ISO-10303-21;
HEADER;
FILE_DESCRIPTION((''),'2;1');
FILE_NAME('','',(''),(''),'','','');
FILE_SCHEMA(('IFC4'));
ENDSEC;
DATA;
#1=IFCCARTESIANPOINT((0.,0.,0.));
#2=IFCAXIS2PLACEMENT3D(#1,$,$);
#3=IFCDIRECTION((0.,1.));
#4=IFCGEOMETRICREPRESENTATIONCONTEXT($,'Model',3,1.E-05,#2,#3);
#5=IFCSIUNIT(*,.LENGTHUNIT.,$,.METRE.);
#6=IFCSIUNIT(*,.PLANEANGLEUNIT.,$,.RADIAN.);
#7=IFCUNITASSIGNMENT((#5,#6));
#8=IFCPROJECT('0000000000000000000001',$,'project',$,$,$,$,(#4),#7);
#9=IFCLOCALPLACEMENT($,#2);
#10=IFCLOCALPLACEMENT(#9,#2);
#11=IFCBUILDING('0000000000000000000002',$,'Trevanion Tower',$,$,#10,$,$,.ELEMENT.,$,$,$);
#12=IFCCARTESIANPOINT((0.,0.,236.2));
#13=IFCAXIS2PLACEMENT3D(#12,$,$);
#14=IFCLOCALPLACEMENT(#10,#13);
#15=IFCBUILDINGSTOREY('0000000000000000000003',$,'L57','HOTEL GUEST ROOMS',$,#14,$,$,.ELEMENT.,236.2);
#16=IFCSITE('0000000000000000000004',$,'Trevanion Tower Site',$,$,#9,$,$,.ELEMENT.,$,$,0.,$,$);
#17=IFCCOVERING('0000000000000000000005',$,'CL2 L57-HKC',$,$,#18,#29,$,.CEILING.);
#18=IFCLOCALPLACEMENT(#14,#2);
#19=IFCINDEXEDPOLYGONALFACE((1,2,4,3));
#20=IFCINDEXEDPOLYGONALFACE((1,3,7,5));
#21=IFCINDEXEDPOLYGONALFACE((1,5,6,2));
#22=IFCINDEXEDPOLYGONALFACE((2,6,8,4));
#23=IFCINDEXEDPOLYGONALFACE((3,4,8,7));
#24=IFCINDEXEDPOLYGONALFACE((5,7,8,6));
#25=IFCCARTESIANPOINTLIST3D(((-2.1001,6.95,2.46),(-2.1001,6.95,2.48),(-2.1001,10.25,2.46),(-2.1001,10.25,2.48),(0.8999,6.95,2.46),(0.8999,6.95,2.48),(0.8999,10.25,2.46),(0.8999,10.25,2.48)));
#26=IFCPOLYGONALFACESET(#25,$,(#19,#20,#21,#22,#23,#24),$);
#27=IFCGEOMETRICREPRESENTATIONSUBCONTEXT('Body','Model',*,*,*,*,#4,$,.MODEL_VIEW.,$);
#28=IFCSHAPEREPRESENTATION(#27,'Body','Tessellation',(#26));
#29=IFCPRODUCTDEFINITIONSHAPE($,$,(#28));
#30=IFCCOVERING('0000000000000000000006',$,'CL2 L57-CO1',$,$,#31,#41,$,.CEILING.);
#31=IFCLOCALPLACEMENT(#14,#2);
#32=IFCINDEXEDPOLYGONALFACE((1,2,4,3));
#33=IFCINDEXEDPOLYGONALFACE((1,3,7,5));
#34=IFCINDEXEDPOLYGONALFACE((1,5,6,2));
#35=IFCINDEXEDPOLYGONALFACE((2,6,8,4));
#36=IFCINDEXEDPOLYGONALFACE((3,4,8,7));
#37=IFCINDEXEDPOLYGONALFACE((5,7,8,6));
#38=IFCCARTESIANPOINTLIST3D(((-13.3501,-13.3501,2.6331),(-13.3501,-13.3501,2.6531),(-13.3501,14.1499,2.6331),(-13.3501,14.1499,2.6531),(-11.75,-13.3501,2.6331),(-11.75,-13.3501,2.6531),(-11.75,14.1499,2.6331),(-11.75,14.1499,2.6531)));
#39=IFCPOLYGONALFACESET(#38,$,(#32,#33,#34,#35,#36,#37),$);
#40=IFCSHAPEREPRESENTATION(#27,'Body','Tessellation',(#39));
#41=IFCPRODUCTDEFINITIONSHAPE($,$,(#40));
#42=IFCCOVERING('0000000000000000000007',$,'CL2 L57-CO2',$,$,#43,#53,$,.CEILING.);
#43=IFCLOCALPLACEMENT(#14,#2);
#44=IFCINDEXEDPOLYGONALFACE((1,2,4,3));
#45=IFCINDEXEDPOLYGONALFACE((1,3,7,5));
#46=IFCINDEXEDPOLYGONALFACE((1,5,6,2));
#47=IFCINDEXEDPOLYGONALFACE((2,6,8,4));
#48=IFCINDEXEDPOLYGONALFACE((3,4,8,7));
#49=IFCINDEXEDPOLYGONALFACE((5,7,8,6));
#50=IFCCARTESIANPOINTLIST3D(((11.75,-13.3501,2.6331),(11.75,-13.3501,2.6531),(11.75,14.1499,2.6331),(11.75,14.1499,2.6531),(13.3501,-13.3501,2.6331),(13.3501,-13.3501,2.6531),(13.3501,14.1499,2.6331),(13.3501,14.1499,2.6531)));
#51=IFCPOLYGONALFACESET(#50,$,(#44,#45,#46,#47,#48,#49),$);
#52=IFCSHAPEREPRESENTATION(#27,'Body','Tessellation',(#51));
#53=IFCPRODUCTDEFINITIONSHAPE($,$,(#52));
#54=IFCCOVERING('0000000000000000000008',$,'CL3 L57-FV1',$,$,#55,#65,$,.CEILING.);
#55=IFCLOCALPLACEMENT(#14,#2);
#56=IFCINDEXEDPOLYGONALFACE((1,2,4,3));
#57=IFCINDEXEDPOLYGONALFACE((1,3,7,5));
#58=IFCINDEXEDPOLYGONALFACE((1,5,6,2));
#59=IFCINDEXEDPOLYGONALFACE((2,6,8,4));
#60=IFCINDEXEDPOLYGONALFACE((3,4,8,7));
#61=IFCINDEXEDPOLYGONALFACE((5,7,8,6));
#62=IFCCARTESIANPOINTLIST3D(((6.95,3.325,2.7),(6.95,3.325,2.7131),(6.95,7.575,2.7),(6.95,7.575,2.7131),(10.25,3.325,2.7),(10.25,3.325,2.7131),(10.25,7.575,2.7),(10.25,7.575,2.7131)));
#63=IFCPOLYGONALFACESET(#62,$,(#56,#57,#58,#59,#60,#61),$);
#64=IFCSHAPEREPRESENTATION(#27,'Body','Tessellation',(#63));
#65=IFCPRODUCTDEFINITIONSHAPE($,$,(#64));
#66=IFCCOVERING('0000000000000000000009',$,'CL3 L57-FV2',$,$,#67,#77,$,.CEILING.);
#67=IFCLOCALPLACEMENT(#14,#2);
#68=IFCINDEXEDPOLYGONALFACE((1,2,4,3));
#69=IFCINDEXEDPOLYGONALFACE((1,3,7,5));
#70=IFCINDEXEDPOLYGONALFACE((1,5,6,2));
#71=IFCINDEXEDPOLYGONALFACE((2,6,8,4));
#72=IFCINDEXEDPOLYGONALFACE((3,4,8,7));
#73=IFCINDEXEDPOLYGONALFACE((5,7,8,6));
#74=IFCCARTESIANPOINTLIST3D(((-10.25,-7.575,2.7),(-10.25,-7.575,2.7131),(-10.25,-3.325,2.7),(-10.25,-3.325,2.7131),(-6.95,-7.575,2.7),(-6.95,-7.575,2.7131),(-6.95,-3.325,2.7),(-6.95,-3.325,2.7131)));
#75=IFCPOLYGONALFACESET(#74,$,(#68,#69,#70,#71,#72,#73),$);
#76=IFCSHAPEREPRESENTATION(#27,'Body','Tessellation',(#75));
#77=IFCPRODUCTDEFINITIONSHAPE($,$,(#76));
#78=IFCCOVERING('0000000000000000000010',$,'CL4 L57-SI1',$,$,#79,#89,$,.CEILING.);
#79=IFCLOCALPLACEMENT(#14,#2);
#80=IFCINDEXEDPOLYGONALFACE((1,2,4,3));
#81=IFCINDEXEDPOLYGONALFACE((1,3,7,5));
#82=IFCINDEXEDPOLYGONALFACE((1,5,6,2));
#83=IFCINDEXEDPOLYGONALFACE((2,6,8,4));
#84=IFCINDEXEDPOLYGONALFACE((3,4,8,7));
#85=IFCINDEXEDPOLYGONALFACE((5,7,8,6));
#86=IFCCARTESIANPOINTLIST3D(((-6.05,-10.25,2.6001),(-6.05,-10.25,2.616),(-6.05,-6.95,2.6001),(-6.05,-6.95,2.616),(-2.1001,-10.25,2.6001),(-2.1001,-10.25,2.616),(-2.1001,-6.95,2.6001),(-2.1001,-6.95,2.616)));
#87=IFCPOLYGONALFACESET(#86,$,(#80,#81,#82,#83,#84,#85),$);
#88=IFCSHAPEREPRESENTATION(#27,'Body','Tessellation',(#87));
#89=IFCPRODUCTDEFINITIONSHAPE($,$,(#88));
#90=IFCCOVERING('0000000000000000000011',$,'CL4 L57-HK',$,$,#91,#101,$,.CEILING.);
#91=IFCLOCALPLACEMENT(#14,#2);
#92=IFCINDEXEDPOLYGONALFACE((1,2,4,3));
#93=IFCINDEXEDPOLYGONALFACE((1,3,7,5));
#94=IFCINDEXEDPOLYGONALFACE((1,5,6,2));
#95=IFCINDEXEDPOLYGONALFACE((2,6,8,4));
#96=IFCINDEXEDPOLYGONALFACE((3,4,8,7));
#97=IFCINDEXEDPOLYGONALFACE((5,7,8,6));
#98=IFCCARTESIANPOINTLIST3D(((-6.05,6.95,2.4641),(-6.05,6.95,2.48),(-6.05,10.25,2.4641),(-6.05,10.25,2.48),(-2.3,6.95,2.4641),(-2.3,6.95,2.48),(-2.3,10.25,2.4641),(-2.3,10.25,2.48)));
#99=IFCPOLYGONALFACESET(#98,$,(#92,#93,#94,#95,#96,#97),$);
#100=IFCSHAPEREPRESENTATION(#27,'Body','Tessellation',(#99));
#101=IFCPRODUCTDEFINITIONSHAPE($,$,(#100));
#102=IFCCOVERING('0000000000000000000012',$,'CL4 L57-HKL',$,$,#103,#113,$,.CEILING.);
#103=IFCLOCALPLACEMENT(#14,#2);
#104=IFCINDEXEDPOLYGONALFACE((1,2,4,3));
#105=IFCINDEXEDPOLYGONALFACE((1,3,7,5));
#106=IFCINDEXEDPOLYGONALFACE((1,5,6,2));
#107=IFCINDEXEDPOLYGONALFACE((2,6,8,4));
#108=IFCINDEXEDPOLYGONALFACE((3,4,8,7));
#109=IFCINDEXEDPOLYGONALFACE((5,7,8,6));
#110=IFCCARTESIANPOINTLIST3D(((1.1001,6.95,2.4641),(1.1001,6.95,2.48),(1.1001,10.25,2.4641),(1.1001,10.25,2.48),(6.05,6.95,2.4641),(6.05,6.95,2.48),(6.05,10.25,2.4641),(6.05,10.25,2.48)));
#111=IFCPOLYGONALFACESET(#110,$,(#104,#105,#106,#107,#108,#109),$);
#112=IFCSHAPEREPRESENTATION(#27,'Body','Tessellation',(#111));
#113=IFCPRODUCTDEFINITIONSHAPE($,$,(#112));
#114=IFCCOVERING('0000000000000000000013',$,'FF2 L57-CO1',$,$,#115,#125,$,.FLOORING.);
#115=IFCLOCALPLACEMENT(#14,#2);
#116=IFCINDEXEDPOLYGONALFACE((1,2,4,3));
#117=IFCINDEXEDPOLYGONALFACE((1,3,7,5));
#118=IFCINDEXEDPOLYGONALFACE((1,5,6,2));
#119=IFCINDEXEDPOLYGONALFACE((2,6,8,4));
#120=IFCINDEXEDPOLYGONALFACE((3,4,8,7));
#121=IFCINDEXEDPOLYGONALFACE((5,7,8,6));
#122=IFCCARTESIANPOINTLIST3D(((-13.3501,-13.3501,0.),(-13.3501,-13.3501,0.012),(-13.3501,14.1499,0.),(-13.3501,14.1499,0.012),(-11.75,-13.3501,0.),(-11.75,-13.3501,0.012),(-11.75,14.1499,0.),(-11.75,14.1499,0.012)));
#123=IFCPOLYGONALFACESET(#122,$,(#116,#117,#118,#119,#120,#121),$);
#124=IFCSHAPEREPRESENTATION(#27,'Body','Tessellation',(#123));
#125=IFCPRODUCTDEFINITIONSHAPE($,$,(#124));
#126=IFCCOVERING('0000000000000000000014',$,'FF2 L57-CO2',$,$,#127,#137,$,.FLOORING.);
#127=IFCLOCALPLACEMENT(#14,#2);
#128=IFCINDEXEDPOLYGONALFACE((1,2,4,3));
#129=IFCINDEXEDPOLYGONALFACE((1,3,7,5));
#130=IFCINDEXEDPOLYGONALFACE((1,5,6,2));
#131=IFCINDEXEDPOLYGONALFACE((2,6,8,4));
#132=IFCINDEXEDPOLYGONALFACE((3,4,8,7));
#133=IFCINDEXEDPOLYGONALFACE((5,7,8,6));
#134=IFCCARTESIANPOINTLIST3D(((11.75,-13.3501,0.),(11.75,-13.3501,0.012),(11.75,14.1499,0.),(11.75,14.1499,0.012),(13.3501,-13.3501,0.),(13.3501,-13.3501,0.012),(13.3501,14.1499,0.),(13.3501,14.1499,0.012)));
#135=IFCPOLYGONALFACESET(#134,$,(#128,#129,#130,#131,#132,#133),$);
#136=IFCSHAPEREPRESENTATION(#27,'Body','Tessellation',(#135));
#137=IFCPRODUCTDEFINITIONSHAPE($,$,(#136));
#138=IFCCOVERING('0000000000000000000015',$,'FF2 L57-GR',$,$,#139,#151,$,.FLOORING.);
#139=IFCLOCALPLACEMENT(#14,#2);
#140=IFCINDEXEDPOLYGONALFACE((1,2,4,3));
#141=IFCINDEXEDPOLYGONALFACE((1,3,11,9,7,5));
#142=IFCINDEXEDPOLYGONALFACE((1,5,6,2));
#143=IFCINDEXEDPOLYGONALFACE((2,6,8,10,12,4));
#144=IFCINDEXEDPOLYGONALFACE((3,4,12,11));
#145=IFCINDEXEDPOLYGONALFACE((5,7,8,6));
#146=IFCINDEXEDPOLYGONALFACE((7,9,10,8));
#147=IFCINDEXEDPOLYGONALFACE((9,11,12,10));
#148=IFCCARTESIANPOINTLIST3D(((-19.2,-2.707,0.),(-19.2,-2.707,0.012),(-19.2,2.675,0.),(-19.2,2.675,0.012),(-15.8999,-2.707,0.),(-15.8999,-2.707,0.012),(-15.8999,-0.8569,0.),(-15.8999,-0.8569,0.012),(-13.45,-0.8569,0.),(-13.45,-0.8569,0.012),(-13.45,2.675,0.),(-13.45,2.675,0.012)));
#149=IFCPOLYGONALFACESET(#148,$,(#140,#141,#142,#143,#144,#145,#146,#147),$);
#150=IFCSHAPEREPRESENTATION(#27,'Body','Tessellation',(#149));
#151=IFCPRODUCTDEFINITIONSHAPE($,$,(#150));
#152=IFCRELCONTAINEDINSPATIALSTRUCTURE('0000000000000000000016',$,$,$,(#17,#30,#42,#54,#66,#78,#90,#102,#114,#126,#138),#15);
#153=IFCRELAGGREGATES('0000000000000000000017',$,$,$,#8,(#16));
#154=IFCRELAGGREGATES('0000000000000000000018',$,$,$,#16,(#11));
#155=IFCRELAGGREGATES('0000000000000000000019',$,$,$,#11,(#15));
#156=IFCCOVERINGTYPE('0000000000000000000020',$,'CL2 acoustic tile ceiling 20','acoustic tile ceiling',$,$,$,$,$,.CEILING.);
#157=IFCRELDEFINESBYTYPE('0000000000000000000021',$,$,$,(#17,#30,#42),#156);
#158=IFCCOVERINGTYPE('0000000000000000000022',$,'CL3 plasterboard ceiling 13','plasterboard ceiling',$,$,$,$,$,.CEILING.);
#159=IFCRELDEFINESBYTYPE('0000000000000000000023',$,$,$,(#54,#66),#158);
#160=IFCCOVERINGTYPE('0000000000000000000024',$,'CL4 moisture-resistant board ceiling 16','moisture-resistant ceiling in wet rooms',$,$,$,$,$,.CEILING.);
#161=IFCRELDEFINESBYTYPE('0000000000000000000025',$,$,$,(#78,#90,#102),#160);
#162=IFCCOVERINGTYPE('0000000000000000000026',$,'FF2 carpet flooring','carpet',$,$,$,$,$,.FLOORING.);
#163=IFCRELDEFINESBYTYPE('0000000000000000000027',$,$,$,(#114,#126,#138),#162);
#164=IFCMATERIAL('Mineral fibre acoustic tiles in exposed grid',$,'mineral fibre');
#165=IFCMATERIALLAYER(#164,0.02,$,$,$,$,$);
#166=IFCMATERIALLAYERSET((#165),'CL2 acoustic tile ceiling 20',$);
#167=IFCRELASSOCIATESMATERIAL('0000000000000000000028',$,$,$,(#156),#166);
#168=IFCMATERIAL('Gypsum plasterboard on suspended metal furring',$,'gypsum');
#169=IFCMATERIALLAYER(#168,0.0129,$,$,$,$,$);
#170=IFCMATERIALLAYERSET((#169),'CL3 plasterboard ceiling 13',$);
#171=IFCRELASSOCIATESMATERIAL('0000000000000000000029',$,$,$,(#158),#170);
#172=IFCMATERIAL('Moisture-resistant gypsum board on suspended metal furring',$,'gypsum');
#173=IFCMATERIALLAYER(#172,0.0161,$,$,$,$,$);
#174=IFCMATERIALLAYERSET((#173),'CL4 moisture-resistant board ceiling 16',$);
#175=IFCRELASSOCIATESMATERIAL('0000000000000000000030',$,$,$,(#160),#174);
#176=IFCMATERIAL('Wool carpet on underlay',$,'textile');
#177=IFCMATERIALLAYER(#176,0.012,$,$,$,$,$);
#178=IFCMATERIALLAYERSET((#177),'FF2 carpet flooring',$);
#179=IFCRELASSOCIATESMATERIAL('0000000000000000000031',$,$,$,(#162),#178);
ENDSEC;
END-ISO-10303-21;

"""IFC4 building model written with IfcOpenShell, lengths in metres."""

from ifc_helpers import new_model, si_unit, direction, frame, origin, place, context, subcontext, project, spatial, polyline, outline, extrude, material, layer, layer_set, type_object, element, save


model = new_model("IFC4")

# Units and contexts
model_context = context("Model", 3, precision=1e-05, world=origin(), true_north=direction((0.0, 1.0)))
body_context = subcontext(model_context, "Body", "Model", "MODEL_VIEW")
ifc_project = project(units=[si_unit("LENGTHUNIT", "METRE"), si_unit("PLANEANGLEUNIT", "RADIAN")], contexts=[model_context])

# Site, building, storey
site_placement = place(None, origin())
site = spatial("IfcSite", under=ifc_project, at=site_placement, Name="Trevanion Tower Site", CompositionType="ELEMENT", RefElevation=0.0)
building_placement = place(site_placement, origin())
building = spatial("IfcBuilding", under=site, at=building_placement, Name="Trevanion Tower", CompositionType="ELEMENT")
storey_placement = place(building_placement, frame((0.0, 0.0, 236.2)))
storey = spatial("IfcBuildingStorey", under=building, at=storey_placement, Name="L57", Description="HOTEL GUEST ROOMS", CompositionType="ELEMENT", Elevation=236.2)

# Coverings
ifc_material_1 = material(Name="Mineral fibre acoustic tiles in exposed grid", Category="mineral fibre")
ifc_layer_1 = layer(ifc_material_1, 0.02)
ifc_layer_set_1 = layer_set([ifc_layer_1], Name="CL2 acoustic tile ceiling 20")
covering_type_1 = type_object("IfcCoveringType", Name="CL2 acoustic tile ceiling 20", Description="acoustic tile ceiling", PredefinedType="CEILING", material=ifc_layer_set_1)
covering_1_placement = place(storey_placement, frame((0.0, 0.0, 2.46)))
element("IfcCovering", 1, at=covering_1_placement, inside=storey, type_object=covering_type_1, Name="CL2 L57-HKC", PredefinedType="CEILING", context=body_context, shape_type="SweptSolid", body=[
    extrude(outline(polyline([(0.8999, 6.95), (0.8999, 10.25), (-2.1001, 10.25), (-2.1001, 6.95), (0.8999, 6.95)])), origin(), (0.0, 0.0, 1.0), 0.02),
])
covering_2_placement = place(storey_placement, frame((0.0, 0.0, 2.6331)))
element("IfcCovering", 2, at=covering_2_placement, inside=storey, type_object=covering_type_1, Name="CL2 L57-CO1", PredefinedType="CEILING", context=body_context, shape_type="SweptSolid", body=[
    extrude(outline(polyline([(-11.75, 14.1499), (-11.75, -13.3501), (-13.3501, -13.3501), (-13.3501, 14.1499), (-11.75, 14.1499)])), origin(), (0.0, 0.0, 1.0), 0.02),
])
covering_3_placement = place(storey_placement, frame((0.0, 0.0, 2.6331)))
element("IfcCovering", 3, at=covering_3_placement, inside=storey, type_object=covering_type_1, Name="CL2 L57-CO2", PredefinedType="CEILING", context=body_context, shape_type="SweptSolid", body=[
    extrude(outline(polyline([(11.75, -13.3501), (11.75, 14.1499), (13.3501, 14.1499), (13.3501, -13.3501), (11.75, -13.3501)])), origin(), (0.0, 0.0, 1.0), 0.02),
])
ifc_material_2 = material(Name="Gypsum plasterboard on suspended metal furring", Category="gypsum")
ifc_layer_2 = layer(ifc_material_2, 0.0129)
ifc_layer_set_2 = layer_set([ifc_layer_2], Name="CL3 plasterboard ceiling 13")
covering_type_2 = type_object("IfcCoveringType", Name="CL3 plasterboard ceiling 13", Description="plasterboard ceiling", PredefinedType="CEILING", material=ifc_layer_set_2)
covering_4_placement = place(storey_placement, frame((0.0, 0.0, 2.7)))
element("IfcCovering", 4, at=covering_4_placement, inside=storey, type_object=covering_type_2, Name="CL3 L57-FV1", PredefinedType="CEILING", context=body_context, shape_type="SweptSolid", body=[
    extrude(outline(polyline([(10.25, 3.325), (10.25, 7.575), (6.95, 7.575), (6.95, 3.325), (10.25, 3.325)])), origin(), (0.0, 0.0, 1.0), 0.0132),
])
covering_5_placement = place(storey_placement, frame((0.0, 0.0, 2.7)))
element("IfcCovering", 5, at=covering_5_placement, inside=storey, type_object=covering_type_2, Name="CL3 L57-FV2", PredefinedType="CEILING", context=body_context, shape_type="SweptSolid", body=[
    extrude(outline(polyline([(-10.25, -3.325), (-10.25, -7.575), (-6.95, -7.575), (-6.95, -3.325), (-10.25, -3.325)])), origin(), (0.0, 0.0, 1.0), 0.0132),
])
ifc_material_3 = material(Name="Moisture-resistant gypsum board on suspended metal furring", Category="gypsum")
ifc_layer_3 = layer(ifc_material_3, 0.0161)
ifc_layer_set_3 = layer_set([ifc_layer_3], Name="CL4 moisture-resistant board ceiling 16")
covering_type_3 = type_object("IfcCoveringType", Name="CL4 moisture-resistant board ceiling 16", Description="moisture-resistant ceiling in wet rooms", PredefinedType="CEILING", material=ifc_layer_set_3)
covering_6_placement = place(storey_placement, frame((0.0, 0.0, 2.6001)))
element("IfcCovering", 6, at=covering_6_placement, inside=storey, type_object=covering_type_3, Name="CL4 L57-SI1", PredefinedType="CEILING", context=body_context, shape_type="SweptSolid", body=[
    extrude(outline(polyline([(-2.1001, -10.25), (-2.1001, -6.95), (-6.05, -6.95), (-6.05, -10.25), (-2.1001, -10.25)])), origin(), (0.0, 0.0, 1.0), 0.0159),
])
covering_7_placement = place(storey_placement, frame((0.0, 0.0, 2.4641)))
element("IfcCovering", 7, at=covering_7_placement, inside=storey, type_object=covering_type_3, Name="CL4 L57-HK", PredefinedType="CEILING", context=body_context, shape_type="SweptSolid", body=[
    extrude(outline(polyline([(-2.3, 6.95), (-2.3, 10.25), (-6.05, 10.25), (-6.05, 6.95), (-2.3, 6.95)])), origin(), (0.0, 0.0, 1.0), 0.0159),
])
covering_8_placement = place(storey_placement, frame((0.0, 0.0, 2.4641)))
element("IfcCovering", 8, at=covering_8_placement, inside=storey, type_object=covering_type_3, Name="CL4 L57-HKL", PredefinedType="CEILING", context=body_context, shape_type="SweptSolid", body=[
    extrude(outline(polyline([(6.05, 6.95), (6.05, 10.25), (1.1001, 10.25), (1.1001, 6.95), (6.05, 6.95)])), origin(), (0.0, 0.0, 1.0), 0.0159),
])
ifc_material_4 = material(Name="Wool carpet on underlay", Category="textile")
ifc_layer_4 = layer(ifc_material_4, 0.012)
ifc_layer_set_4 = layer_set([ifc_layer_4], Name="FF2 carpet flooring")
covering_type_4 = type_object("IfcCoveringType", Name="FF2 carpet flooring", Description="carpet", PredefinedType="FLOORING", material=ifc_layer_set_4)
covering_9_placement = place(storey_placement, origin())
element("IfcCovering", 9, at=covering_9_placement, inside=storey, type_object=covering_type_4, Name="FF2 L57-CO1", PredefinedType="FLOORING", context=body_context, shape_type="SweptSolid", body=[
    extrude(outline(polyline([(-11.75, 14.1499), (-11.75, -13.3501), (-13.3501, -13.3501), (-13.3501, 14.1499), (-11.75, 14.1499)])), origin(), (0.0, 0.0, 1.0), 0.012),
])
covering_10_placement = place(storey_placement, origin())
element("IfcCovering", 10, at=covering_10_placement, inside=storey, type_object=covering_type_4, Name="FF2 L57-CO2", PredefinedType="FLOORING", context=body_context, shape_type="SweptSolid", body=[
    extrude(outline(polyline([(11.75, -13.3501), (11.75, 14.1499), (13.3501, 14.1499), (13.3501, -13.3501), (11.75, -13.3501)])), origin(), (0.0, 0.0, 1.0), 0.012),
])
covering_11_placement = place(storey_placement, origin())
element("IfcCovering", 11, at=covering_11_placement, inside=storey, type_object=covering_type_4, Name="FF2 L57-GR", PredefinedType="FLOORING", context=body_context, shape_type="SweptSolid", body=[
    extrude(outline(polyline([(-13.45, -0.8569), (-15.8999, -0.8569), (-15.8999, -2.707), (-19.2, -2.707), (-19.2, 2.675), (-13.45, 2.675), (-13.45, -0.8569)])), origin(), (0.0, 0.0, 1.0), 0.012),
])

save(model, "model.ifc")
